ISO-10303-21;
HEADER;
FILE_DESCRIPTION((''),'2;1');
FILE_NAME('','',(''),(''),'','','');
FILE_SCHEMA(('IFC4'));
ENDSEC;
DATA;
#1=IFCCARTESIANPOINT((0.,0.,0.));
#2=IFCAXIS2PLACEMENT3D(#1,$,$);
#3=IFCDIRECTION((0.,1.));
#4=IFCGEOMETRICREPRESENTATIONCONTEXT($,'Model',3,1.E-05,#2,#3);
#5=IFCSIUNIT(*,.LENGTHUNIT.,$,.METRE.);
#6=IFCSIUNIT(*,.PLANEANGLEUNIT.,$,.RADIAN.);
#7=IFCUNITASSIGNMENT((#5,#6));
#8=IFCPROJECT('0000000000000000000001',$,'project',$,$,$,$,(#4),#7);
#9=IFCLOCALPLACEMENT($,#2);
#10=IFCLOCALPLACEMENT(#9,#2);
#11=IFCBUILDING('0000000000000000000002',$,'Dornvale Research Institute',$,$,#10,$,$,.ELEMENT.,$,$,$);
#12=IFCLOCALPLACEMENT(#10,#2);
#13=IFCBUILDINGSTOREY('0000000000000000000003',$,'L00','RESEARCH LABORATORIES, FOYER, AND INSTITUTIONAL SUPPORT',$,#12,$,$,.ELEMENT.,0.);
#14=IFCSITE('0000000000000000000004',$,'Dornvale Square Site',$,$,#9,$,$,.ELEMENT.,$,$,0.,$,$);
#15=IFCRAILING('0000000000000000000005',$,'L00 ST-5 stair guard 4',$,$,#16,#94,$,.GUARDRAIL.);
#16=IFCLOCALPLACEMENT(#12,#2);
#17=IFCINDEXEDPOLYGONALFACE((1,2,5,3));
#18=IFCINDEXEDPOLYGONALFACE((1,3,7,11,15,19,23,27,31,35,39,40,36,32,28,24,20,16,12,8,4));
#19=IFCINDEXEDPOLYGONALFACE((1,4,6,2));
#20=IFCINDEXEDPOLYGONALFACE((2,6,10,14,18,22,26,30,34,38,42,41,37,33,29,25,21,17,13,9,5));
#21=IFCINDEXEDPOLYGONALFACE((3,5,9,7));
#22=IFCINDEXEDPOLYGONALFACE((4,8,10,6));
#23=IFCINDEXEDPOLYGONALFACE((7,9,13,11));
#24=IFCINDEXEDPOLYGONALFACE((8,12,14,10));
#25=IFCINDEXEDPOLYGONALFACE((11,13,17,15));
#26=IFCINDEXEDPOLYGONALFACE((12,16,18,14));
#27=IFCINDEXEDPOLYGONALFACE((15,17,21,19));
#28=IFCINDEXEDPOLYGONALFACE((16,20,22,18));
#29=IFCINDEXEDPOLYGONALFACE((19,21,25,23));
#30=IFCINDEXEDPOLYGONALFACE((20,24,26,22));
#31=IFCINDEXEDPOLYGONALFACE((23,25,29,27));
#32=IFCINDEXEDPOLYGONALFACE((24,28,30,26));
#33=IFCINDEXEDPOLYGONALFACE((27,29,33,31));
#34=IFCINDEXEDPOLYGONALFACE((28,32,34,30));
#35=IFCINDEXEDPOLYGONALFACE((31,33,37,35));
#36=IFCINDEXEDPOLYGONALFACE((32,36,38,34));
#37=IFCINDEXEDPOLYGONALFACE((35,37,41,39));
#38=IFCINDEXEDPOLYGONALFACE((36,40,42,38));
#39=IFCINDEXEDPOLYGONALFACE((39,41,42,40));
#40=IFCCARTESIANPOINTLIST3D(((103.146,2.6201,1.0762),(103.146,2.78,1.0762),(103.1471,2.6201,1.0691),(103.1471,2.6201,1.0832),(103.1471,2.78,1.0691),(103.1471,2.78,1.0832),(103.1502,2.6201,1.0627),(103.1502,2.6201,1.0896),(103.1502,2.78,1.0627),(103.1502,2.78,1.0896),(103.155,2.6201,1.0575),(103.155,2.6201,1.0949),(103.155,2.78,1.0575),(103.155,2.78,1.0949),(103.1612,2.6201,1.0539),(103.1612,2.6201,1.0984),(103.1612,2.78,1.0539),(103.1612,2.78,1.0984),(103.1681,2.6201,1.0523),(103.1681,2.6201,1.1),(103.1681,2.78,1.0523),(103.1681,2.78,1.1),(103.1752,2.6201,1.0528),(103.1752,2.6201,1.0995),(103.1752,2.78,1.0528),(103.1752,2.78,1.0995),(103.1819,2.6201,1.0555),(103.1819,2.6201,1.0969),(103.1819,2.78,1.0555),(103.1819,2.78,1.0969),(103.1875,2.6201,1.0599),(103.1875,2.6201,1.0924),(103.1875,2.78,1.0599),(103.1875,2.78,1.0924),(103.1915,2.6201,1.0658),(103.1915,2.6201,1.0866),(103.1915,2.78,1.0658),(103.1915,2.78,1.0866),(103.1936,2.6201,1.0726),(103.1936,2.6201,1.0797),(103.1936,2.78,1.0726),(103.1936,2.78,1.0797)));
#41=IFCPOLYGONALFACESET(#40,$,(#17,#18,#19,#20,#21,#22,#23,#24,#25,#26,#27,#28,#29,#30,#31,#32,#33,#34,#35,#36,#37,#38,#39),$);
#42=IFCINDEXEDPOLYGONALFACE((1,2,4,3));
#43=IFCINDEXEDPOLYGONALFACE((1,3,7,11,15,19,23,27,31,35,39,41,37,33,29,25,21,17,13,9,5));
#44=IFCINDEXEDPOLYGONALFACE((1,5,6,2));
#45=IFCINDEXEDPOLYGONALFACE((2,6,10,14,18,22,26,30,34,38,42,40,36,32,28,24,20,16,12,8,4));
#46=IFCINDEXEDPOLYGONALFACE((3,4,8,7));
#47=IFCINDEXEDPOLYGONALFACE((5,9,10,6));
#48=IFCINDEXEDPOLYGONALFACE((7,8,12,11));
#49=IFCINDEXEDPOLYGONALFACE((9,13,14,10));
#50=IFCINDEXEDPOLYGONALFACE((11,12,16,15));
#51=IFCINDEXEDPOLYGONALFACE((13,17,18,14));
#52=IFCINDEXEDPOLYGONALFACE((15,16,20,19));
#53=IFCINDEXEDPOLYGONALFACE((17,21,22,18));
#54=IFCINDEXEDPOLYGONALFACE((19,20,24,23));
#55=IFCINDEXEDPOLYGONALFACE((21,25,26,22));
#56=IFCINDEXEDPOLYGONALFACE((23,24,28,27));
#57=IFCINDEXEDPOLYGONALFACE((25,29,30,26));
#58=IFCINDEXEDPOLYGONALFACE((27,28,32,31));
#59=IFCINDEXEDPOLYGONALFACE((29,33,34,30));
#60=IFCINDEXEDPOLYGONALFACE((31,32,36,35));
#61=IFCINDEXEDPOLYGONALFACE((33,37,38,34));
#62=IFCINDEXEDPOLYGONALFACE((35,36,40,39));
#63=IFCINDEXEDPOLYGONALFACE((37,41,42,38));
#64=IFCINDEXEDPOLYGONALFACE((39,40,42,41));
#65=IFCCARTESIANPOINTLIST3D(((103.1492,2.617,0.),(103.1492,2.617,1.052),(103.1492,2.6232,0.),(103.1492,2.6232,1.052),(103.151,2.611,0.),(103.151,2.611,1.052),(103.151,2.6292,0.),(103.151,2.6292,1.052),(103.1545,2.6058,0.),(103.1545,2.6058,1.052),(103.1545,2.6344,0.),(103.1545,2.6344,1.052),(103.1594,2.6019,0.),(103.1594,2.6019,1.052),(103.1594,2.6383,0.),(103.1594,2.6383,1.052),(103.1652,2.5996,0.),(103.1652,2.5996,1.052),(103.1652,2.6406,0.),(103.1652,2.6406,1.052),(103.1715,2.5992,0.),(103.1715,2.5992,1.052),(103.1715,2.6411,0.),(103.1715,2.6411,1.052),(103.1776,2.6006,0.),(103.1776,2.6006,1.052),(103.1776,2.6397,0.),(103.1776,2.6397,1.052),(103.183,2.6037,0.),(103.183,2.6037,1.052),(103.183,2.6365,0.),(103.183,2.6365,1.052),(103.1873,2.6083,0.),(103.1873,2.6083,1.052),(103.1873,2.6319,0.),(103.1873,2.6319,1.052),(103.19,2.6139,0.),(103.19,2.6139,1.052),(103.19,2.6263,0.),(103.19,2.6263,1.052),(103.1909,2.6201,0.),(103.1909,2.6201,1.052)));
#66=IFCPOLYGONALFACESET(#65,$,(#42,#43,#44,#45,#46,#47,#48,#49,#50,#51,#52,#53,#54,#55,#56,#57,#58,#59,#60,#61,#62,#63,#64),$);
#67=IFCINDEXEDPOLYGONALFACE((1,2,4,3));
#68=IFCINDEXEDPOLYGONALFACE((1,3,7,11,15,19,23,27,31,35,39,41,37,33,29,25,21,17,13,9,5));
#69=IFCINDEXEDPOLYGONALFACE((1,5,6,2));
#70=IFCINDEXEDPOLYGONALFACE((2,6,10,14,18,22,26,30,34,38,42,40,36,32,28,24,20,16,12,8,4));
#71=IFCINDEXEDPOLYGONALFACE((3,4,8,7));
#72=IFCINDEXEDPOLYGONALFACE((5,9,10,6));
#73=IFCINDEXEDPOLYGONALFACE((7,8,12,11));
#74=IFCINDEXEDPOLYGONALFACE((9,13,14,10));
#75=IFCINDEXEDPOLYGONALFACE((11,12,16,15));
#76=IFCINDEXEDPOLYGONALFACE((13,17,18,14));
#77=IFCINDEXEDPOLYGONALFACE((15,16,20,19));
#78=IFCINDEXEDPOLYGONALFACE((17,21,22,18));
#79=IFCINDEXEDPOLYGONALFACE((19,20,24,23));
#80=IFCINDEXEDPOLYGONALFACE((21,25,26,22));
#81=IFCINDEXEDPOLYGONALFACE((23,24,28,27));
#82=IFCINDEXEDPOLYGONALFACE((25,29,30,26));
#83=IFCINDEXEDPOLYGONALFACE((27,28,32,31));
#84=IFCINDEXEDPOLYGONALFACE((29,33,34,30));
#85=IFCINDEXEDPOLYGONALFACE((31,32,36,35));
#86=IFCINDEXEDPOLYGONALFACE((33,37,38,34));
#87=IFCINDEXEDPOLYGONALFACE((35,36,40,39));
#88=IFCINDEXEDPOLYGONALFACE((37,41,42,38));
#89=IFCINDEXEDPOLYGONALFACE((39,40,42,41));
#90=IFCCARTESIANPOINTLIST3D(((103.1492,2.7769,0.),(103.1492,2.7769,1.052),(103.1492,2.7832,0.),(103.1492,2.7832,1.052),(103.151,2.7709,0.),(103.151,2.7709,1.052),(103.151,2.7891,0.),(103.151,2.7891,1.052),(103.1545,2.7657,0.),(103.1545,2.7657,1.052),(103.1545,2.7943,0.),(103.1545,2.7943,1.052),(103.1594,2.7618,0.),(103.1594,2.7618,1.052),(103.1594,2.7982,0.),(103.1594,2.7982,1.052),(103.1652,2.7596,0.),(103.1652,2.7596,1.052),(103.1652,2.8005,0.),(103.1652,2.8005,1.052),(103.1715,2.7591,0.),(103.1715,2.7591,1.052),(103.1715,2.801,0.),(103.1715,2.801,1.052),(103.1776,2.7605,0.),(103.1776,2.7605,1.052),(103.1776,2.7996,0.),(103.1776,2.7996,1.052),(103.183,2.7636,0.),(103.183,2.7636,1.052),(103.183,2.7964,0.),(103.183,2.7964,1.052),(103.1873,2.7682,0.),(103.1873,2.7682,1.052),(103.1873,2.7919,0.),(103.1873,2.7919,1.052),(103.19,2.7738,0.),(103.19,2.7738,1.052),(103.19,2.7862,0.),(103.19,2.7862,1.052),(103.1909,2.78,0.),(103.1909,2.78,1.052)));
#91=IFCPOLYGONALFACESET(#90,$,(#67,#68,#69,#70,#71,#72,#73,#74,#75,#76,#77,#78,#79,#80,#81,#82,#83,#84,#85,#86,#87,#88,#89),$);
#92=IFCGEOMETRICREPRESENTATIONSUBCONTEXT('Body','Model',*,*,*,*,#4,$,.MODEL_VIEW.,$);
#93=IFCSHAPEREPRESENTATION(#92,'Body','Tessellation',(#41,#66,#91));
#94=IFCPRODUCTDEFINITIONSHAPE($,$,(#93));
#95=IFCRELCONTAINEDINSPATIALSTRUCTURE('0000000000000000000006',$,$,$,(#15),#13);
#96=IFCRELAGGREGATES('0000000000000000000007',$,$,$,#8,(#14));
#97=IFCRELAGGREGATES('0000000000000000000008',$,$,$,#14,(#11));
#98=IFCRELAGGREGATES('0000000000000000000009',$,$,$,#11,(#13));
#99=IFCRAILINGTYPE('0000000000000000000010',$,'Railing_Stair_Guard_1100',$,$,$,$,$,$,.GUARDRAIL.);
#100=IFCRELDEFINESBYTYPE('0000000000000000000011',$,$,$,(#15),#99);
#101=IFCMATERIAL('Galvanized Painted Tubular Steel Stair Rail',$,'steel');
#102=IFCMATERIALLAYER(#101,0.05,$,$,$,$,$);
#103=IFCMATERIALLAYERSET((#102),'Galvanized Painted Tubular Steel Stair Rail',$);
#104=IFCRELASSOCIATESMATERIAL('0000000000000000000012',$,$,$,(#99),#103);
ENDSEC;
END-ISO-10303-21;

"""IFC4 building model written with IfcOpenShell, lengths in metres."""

from ifc_helpers import new_model, si_unit, direction, frame, origin, origin_2d, place, context, subcontext, project, spatial, circle, extrude, material, layer, layer_set, type_object, element, save


model = new_model("IFC4")

# Units and contexts
model_context = context("Model", 3, precision=1e-05, world=origin(), true_north=direction((0.0, 1.0)))
body_context = subcontext(model_context, "Body", "Model", "MODEL_VIEW")
ifc_project = project(units=[si_unit("LENGTHUNIT", "METRE"), si_unit("PLANEANGLEUNIT", "RADIAN")], contexts=[model_context])

# Site, building, storey
site_placement = place(None, origin())
site = spatial("IfcSite", under=ifc_project, at=site_placement, Name="Dornvale Square Site", CompositionType="ELEMENT", RefElevation=0.0)
building_placement = place(site_placement, origin())
building = spatial("IfcBuilding", under=site, at=building_placement, Name="Dornvale Research Institute", CompositionType="ELEMENT")
storey_placement = place(building_placement, origin())
storey = spatial("IfcBuildingStorey", under=building, at=storey_placement, Name="L00", Description="RESEARCH LABORATORIES, FOYER, AND INSTITUTIONAL SUPPORT", CompositionType="ELEMENT", Elevation=0.0)

# Railing
ifc_material_1 = material(Name="Galvanized Painted Tubular Steel Stair Rail", Category="steel")
ifc_layer_1 = layer(ifc_material_1, 0.05)
ifc_layer_set_1 = layer_set([ifc_layer_1], Name="Galvanized Painted Tubular Steel Stair Rail")
railing_type_1 = type_object("IfcRailingType", Name="Railing_Stair_Guard_1100", PredefinedType="GUARDRAIL", material=ifc_layer_set_1)
railing_1_placement = place(storey_placement, frame((103.1699, 2.6201, 0.0)))
element("IfcRailing", 1, at=railing_1_placement, inside=storey, type_object=railing_type_1, Name="L00 ST-5 stair guard 4", PredefinedType="GUARDRAIL", context=body_context, shape_type="SweptSolid", body=[
    extrude(circle(Radius=0.0239, at=origin_2d()), frame((0.0, 0.0, 1.0762), z_axis=(0.0, 1.0, 0.0), x_axis=(-1.0, 0.0, 0.0)), (0.0, 0.0, 1.0), 0.1599),
    extrude(circle(Radius=0.021, at=origin_2d()), origin(), (0.0, 0.0, 1.0), 1.052),
    extrude(circle(Radius=0.021, at=origin_2d()), frame((0.0, 0.1599, 0.0)), (0.0, 0.0, 1.0), 1.052),
])

save(model, "model.ifc")
